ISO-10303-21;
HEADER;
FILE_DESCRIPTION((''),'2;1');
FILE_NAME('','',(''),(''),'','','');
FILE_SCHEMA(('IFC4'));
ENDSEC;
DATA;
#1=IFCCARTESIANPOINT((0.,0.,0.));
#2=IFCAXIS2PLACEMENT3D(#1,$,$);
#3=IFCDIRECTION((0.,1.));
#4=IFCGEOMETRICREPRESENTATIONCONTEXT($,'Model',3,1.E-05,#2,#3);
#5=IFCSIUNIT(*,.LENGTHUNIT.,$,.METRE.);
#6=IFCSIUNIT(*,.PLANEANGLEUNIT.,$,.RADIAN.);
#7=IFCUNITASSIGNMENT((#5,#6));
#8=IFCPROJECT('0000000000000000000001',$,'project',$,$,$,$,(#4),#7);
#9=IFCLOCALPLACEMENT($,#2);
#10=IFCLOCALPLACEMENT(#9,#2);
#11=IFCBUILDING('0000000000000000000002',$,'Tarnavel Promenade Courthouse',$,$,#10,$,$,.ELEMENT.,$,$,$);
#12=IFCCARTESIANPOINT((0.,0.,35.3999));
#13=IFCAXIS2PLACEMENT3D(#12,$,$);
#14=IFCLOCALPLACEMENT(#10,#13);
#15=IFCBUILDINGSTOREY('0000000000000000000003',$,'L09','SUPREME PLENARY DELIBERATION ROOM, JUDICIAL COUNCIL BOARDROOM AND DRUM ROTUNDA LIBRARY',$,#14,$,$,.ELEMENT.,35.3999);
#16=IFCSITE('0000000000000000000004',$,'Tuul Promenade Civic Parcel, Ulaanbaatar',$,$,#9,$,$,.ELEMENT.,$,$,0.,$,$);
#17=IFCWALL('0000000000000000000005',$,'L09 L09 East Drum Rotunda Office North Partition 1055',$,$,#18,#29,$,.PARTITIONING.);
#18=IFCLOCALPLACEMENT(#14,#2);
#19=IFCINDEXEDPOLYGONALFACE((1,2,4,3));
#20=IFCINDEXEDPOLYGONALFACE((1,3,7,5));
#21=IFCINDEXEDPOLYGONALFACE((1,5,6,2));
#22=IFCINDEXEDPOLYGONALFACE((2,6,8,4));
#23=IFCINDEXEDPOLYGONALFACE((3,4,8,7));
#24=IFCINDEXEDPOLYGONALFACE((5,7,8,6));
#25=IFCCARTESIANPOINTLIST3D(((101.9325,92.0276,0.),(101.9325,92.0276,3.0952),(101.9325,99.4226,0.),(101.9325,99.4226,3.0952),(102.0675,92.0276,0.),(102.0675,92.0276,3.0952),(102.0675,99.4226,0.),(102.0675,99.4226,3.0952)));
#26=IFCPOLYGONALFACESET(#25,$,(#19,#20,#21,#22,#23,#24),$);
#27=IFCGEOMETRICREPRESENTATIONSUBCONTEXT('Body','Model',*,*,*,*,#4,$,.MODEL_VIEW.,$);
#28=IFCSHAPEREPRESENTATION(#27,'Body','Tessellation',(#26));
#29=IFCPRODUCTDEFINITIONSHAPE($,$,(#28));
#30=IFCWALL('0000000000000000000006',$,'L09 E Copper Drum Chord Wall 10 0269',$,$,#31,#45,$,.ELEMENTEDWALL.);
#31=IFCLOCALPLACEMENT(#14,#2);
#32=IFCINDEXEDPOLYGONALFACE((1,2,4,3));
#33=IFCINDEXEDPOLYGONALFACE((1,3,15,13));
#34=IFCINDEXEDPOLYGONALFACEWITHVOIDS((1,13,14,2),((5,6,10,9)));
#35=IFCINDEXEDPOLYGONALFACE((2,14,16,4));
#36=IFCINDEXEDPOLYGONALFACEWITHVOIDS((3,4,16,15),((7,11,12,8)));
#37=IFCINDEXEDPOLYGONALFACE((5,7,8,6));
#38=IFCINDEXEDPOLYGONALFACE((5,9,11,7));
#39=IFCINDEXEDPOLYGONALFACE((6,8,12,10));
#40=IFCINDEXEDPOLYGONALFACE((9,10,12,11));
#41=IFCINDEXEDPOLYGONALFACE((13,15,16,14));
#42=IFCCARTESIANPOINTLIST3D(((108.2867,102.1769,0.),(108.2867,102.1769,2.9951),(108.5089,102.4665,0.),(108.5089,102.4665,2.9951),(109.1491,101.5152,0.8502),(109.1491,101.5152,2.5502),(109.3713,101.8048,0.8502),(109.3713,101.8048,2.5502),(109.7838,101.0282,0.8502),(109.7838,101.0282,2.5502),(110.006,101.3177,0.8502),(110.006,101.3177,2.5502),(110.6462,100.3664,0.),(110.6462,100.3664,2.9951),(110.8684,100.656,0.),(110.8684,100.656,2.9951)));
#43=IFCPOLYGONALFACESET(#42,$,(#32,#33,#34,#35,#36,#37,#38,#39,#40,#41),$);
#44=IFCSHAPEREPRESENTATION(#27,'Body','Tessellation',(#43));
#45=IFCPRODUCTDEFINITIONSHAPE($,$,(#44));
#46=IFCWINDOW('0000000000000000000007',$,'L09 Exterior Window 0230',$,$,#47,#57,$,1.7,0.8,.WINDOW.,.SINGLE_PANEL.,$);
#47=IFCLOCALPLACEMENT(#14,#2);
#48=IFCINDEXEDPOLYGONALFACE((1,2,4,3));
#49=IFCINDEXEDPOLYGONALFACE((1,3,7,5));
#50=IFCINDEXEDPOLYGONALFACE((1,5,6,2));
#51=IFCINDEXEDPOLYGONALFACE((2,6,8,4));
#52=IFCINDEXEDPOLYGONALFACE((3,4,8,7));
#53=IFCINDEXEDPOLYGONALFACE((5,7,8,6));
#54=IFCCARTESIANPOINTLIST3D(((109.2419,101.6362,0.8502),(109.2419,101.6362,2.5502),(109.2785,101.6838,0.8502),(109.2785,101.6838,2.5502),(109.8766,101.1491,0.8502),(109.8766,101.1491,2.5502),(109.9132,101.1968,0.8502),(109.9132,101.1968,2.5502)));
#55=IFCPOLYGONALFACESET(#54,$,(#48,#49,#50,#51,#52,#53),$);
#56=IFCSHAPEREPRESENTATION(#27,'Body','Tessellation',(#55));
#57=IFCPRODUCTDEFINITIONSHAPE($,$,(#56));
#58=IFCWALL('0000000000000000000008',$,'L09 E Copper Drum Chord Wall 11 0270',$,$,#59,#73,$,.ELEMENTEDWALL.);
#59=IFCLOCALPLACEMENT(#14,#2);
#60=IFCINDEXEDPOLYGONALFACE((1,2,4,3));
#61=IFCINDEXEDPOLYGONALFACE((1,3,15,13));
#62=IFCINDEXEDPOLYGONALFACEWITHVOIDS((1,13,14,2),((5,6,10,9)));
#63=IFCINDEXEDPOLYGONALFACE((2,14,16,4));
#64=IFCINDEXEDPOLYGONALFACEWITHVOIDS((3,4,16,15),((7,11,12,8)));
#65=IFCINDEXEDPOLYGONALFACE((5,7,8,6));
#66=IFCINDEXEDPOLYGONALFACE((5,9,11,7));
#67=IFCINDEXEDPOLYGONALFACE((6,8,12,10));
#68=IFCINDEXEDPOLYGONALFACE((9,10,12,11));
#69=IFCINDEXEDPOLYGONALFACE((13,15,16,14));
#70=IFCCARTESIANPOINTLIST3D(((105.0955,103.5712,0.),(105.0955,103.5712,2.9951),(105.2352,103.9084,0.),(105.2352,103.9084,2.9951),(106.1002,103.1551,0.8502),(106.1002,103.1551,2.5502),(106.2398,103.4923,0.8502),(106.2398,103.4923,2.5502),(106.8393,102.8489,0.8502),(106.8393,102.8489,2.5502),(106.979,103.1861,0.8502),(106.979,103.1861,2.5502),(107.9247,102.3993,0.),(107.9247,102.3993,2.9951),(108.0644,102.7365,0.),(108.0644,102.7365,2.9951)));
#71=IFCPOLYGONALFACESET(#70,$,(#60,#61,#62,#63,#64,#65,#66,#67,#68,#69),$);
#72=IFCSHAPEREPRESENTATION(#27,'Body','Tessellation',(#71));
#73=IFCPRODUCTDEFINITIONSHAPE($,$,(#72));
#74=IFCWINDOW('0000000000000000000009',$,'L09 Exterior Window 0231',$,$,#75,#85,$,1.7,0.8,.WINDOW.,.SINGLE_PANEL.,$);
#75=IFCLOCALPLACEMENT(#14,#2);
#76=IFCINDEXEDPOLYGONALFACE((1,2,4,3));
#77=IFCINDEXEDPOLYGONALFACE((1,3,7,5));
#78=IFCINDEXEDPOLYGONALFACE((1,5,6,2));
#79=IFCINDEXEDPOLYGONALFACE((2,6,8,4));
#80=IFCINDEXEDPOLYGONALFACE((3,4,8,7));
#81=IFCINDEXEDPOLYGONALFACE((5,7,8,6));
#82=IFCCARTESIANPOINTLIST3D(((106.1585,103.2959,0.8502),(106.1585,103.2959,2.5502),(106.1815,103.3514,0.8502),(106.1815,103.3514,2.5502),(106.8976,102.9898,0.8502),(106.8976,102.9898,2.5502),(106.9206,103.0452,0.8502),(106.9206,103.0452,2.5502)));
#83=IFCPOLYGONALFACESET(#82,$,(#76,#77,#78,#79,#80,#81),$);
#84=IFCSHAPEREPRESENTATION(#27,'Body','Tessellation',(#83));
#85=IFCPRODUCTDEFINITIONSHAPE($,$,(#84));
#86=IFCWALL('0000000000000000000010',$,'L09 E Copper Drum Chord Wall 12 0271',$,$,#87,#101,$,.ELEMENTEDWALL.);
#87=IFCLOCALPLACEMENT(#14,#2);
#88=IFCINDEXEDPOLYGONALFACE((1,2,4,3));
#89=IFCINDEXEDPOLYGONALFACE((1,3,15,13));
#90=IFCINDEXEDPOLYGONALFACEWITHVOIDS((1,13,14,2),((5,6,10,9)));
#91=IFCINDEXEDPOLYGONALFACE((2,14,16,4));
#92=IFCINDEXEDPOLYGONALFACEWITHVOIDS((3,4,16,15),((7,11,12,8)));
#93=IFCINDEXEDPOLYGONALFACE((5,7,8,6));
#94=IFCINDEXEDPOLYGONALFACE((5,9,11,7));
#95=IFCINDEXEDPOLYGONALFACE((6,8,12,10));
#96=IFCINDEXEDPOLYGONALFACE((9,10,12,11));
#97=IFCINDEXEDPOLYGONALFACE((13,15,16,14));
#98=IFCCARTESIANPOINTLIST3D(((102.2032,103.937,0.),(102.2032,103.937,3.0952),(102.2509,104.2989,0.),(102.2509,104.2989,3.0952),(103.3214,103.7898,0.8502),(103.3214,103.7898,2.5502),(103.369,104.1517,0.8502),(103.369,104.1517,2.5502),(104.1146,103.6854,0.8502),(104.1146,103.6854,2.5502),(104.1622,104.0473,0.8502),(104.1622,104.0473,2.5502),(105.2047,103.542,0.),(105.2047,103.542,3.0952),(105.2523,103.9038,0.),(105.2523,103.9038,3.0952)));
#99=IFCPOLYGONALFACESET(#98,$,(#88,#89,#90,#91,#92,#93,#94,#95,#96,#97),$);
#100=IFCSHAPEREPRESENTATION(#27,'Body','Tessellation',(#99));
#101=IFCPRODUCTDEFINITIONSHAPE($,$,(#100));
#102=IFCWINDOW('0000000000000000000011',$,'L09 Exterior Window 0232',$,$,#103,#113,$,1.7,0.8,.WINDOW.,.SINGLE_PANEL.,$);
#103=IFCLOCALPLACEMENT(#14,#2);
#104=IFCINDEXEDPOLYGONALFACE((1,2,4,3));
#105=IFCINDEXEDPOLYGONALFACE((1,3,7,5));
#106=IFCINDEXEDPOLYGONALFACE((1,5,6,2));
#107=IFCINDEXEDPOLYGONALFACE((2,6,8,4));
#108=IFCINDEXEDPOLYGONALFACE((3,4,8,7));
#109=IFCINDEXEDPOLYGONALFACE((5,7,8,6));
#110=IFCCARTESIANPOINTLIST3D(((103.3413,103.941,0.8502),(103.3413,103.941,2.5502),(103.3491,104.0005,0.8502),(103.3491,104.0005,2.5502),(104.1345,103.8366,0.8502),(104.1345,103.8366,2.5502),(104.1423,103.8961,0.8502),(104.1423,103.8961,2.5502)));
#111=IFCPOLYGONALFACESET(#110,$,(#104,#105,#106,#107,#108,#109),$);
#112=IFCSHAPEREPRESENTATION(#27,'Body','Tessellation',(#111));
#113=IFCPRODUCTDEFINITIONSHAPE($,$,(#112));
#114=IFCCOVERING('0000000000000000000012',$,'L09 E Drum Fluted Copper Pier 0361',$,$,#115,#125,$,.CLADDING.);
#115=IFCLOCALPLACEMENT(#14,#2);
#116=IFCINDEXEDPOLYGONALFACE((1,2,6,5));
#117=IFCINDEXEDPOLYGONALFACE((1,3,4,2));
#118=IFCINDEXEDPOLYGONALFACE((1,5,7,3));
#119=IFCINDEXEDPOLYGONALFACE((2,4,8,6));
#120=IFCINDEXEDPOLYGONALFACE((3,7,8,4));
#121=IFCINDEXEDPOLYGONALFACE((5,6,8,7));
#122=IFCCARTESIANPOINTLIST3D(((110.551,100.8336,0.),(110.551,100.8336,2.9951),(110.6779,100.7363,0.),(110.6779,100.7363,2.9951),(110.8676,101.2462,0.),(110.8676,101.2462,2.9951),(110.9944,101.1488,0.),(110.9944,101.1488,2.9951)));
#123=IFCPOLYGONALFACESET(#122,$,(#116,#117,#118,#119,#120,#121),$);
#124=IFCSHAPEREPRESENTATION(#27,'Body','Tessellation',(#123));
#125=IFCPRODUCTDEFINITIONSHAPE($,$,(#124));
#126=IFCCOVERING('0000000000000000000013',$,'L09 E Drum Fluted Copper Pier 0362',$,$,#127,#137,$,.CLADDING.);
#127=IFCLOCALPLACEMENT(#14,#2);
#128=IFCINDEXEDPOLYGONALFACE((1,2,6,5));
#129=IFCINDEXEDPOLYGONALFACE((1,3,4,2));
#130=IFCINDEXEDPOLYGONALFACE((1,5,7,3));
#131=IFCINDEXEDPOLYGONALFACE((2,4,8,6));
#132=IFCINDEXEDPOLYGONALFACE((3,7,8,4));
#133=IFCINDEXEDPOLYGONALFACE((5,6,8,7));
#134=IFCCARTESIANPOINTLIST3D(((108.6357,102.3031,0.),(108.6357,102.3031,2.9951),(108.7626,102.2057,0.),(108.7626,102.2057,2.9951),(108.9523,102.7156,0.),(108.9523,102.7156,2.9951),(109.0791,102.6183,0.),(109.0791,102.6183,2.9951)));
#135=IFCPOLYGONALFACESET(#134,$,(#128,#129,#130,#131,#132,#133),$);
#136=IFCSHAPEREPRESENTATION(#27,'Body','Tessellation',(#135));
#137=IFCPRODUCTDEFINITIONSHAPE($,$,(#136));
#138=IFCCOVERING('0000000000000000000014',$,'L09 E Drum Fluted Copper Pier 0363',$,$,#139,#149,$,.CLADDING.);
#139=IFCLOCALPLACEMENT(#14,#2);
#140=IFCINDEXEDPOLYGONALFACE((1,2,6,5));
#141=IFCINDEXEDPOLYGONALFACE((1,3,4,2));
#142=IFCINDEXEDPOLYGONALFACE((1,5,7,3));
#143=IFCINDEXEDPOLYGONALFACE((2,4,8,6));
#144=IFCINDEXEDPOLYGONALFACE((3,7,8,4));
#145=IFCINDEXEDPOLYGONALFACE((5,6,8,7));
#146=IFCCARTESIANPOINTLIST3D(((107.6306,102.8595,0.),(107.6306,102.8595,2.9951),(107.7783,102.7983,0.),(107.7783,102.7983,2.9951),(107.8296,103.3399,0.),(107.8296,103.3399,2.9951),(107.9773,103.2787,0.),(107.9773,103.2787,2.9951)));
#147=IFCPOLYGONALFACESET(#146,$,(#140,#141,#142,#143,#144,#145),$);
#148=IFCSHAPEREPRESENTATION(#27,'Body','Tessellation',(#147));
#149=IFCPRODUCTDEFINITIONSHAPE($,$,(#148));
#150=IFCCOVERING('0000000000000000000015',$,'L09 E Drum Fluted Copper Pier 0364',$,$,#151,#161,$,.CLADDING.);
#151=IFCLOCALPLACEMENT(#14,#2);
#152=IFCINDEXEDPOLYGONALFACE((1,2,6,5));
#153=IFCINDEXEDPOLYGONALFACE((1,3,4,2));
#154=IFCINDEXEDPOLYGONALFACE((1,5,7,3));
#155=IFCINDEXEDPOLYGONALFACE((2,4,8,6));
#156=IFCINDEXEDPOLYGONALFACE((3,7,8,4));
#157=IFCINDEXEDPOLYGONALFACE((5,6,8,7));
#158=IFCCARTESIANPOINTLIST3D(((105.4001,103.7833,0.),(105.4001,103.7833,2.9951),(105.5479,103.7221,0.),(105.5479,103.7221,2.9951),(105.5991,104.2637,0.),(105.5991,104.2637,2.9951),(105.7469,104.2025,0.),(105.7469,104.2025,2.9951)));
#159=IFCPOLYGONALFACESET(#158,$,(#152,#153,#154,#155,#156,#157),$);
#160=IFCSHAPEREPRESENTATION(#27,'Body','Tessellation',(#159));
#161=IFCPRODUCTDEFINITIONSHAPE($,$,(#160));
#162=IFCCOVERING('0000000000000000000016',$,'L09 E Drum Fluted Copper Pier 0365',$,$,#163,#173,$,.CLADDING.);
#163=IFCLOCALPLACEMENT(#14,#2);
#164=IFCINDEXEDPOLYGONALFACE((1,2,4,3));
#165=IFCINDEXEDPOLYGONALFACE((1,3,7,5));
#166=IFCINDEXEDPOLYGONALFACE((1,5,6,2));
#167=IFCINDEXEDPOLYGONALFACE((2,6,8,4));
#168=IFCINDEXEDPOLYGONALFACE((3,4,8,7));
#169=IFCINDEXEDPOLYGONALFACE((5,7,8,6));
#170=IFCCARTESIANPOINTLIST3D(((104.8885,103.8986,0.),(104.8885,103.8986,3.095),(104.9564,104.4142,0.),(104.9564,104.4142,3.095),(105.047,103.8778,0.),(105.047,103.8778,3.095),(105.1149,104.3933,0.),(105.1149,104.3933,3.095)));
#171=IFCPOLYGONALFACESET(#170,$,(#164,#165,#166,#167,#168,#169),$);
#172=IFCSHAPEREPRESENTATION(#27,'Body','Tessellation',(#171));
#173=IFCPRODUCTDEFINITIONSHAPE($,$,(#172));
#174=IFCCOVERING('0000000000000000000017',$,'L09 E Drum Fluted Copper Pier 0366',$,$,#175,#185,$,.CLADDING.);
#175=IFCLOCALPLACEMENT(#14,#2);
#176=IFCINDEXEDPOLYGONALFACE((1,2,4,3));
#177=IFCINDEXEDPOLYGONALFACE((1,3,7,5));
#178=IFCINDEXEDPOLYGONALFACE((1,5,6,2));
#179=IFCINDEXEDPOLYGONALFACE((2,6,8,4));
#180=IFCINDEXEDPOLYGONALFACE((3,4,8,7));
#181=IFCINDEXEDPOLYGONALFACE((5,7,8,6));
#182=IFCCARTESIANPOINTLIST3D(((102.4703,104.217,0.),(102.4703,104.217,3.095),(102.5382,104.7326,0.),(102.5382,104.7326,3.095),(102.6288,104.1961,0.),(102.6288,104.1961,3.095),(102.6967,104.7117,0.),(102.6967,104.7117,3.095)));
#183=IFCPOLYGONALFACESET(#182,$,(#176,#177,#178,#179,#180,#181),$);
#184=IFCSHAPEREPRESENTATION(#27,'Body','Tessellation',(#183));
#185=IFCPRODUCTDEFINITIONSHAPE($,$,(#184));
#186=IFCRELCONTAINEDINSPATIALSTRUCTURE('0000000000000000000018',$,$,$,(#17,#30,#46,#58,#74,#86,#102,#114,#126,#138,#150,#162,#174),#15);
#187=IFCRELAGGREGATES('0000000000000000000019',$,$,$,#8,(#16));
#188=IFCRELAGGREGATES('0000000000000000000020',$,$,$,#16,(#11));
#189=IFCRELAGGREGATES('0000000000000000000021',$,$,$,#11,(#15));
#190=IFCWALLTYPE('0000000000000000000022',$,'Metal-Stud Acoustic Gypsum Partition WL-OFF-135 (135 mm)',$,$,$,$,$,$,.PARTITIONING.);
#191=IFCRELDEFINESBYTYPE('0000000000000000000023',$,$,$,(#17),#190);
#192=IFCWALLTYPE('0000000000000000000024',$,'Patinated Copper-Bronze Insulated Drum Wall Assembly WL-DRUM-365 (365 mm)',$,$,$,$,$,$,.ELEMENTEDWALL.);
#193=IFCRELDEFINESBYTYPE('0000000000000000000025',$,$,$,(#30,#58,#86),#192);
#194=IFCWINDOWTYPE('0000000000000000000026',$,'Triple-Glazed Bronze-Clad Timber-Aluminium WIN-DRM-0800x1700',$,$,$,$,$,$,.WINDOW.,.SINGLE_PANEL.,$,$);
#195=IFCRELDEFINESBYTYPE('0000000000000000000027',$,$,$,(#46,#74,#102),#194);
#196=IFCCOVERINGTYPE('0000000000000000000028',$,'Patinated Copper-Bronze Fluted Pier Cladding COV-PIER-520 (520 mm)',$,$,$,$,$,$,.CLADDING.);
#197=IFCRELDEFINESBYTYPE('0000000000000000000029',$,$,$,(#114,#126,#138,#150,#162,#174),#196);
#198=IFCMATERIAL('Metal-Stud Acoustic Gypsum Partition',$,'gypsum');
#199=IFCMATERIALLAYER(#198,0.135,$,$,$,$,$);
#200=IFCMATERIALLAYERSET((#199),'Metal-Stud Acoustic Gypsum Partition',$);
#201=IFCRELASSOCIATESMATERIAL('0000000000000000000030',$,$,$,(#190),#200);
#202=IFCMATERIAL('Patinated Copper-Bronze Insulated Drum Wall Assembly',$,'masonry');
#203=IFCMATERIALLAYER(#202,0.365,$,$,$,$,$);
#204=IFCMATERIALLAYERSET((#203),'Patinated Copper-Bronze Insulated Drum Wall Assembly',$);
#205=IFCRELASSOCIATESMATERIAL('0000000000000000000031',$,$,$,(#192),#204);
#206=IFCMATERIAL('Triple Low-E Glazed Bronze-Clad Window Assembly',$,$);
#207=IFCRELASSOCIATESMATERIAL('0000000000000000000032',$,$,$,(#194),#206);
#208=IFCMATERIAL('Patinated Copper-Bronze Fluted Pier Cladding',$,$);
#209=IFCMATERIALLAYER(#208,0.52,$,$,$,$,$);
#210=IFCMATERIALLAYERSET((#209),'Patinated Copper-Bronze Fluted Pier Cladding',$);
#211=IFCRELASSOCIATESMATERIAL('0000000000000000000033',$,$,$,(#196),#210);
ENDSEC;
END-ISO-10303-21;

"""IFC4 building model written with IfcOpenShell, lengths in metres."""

from ifc_helpers import new_model, si_unit, direction, frame, frame_2d, origin, origin_2d, place, context, subcontext, project, spatial, rectangle, extrude, material, layer, layer_set, type_object, element, fill, save


model = new_model("IFC4")

# Units and contexts
model_context = context("Model", 3, precision=1e-05, world=origin(), true_north=direction((0.0, 1.0)))
body_context = subcontext(model_context, "Body", "Model", "MODEL_VIEW")
ifc_project = project(units=[si_unit("LENGTHUNIT", "METRE"), si_unit("PLANEANGLEUNIT", "RADIAN")], contexts=[model_context])

# Site, building, storey
site_placement = place(None, origin())
site = spatial("IfcSite", under=ifc_project, at=site_placement, Name="Tuul Promenade Civic Parcel, Ulaanbaatar", CompositionType="ELEMENT", RefElevation=0.0)
building_placement = place(site_placement, origin())
building = spatial("IfcBuilding", under=site, at=building_placement, Name="Tarnavel Promenade Courthouse", CompositionType="ELEMENT")
storey_placement = place(building_placement, frame((0.0, 0.0, 35.3999)))
storey = spatial("IfcBuildingStorey", under=building, at=storey_placement, Name="L09", Description="SUPREME PLENARY DELIBERATION ROOM, JUDICIAL COUNCIL BOARDROOM AND DRUM ROTUNDA LIBRARY", CompositionType="ELEMENT", Elevation=35.3999)

# Wall
ifc_material_1 = material(Name="Metal-Stud Acoustic Gypsum Partition", Category="gypsum")
ifc_layer_1 = layer(ifc_material_1, 0.135)
ifc_layer_set_1 = layer_set([ifc_layer_1], Name="Metal-Stud Acoustic Gypsum Partition")
wall_type_1 = type_object("IfcWallType", Name="Metal-Stud Acoustic Gypsum Partition WL-OFF-135 (135 mm)", PredefinedType="PARTITIONING", material=ifc_layer_set_1)
wall_1_placement = place(storey_placement, frame((102.0, 92.0276, 0.0), z_axis=(0.0, 0.0, 1.0), x_axis=(0.0, 1.0, 0.0)))
element("IfcWall", 1, at=wall_1_placement, inside=storey, type_object=wall_type_1, Name="L09 L09 East Drum Rotunda Office North Partition 1055", PredefinedType="PARTITIONING", context=body_context, shape_type="SweptSolid", body=[
    extrude(rectangle(XDim=7.395, YDim=0.135, at=frame_2d((3.6975, 0.0))), origin(), (0.0, 0.0, 1.0), 3.0952),
])

# Walls, openings, windows
ifc_material_2 = material(Name="Patinated Copper-Bronze Insulated Drum Wall Assembly", Category="masonry")
ifc_layer_2 = layer(ifc_material_2, 0.365)
ifc_layer_set_2 = layer_set([ifc_layer_2], Name="Patinated Copper-Bronze Insulated Drum Wall Assembly")
wall_type_2 = type_object("IfcWallType", Name="Patinated Copper-Bronze Insulated Drum Wall Assembly WL-DRUM-365 (365 mm)", PredefinedType="ELEMENTEDWALL", material=ifc_layer_set_2)
wall_2_placement = place(storey_placement, frame((110.7573, 100.5112, 0.0), z_axis=(0.0, 0.0, 1.0), x_axis=(-0.793362, 0.60875, 0.0)))
wall_2 = element("IfcWall", 2, at=wall_2_placement, inside=storey, type_object=wall_type_2, Name="L09 E Copper Drum Chord Wall 10 0269", PredefinedType="ELEMENTEDWALL", context=body_context, shape_type="SweptSolid", body=[
    extrude(rectangle(XDim=2.9741, YDim=0.365, at=frame_2d((1.4871, 0.0))), origin(), (0.0, 0.0, 1.0), 2.9951),
])
opening_1_placement = place(wall_2_placement, frame((1.0872, 0.0, 0.8501)))
opening_1 = element("IfcOpeningElement", 3, at=opening_1_placement, cuts=wall_2, PredefinedType="OPENING", context=body_context, shape_type="SweptSolid", body=[
    extrude(rectangle(XDim=0.8, YDim=1.7, at=frame_2d((0.3999, 0.8501))), frame((0.0, 0.1924, 0.0), z_axis=(0.0, -1.0, 0.0), x_axis=(1.0, 0.0, 0.0)), (0.0, 0.0, 1.0), 0.385),
])
ifc_material_3 = material(Name="Triple Low-E Glazed Bronze-Clad Window Assembly")
window_type = type_object("IfcWindowType", Name="Triple-Glazed Bronze-Clad Timber-Aluminium WIN-DRM-0800x1700", PartitioningType="SINGLE_PANEL", PredefinedType="WINDOW", material=ifc_material_3)
window_1_placement = place(opening_1_placement, origin())
window_1 = element("IfcWindow", 4, at=window_1_placement, inside=storey, type_object=window_type, Name="L09 Exterior Window 0230", OverallHeight=1.7, OverallWidth=0.8, PartitioningType="SINGLE_PANEL", PredefinedType="WINDOW", context=body_context, shape_type="SweptSolid", body=[
    extrude(rectangle(XDim=0.8, YDim=1.7, at=frame_2d((0.3999, 0.8501))), frame((0.0, 0.03, 0.0), z_axis=(0.0, -1.0, 0.0), x_axis=(1.0, 0.0, 0.0)), (0.0, 0.0, 1.0), 0.0601),
])
fill(opening_1, window_1)
wall_3_placement = place(storey_placement, frame((107.9946, 102.5679, 0.0), z_axis=(0.0, 0.0, 1.0), x_axis=(-0.923877, 0.38269, 0.0)))
wall_3 = element("IfcWall", 5, at=wall_3_placement, inside=storey, type_object=wall_type_2, Name="L09 E Copper Drum Chord Wall 11 0270", PredefinedType="ELEMENTEDWALL", context=body_context, shape_type="SweptSolid", body=[
    extrude(rectangle(XDim=3.0623, YDim=0.365, at=frame_2d((1.5312, 0.0))), origin(), (0.0, 0.0, 1.0), 2.9951),
])
opening_2_placement = place(wall_3_placement, frame((1.175, 0.0, 0.8501)))
opening_2 = element("IfcOpeningElement", 6, at=opening_2_placement, cuts=wall_3, PredefinedType="OPENING", context=body_context, shape_type="SweptSolid", body=[
    extrude(rectangle(XDim=0.8, YDim=1.7, at=frame_2d((0.3999, 0.8501))), frame((0.0, 0.1924, 0.0), z_axis=(0.0, -1.0, 0.0), x_axis=(1.0, 0.0, 0.0)), (0.0, 0.0, 1.0), 0.385),
])
window_2_placement = place(opening_2_placement, origin())
window_2 = element("IfcWindow", 7, at=window_2_placement, inside=storey, type_object=window_type, Name="L09 Exterior Window 0231", OverallHeight=1.7, OverallWidth=0.8, PartitioningType="SINGLE_PANEL", PredefinedType="WINDOW", context=body_context, shape_type="SweptSolid", body=[
    extrude(rectangle(XDim=0.8, YDim=1.7, at=frame_2d((0.3999, 0.8501))), frame((0.0, 0.03, 0.0), z_axis=(0.0, -1.0, 0.0), x_axis=(1.0, 0.0, 0.0)), (0.0, 0.0, 1.0), 0.0601),
])
fill(opening_2, window_2)
wall_4_placement = place(storey_placement, frame((105.2285, 103.7229, 0.0), z_axis=(0.0, 0.0, 1.0), x_axis=(-0.99145, 0.130484, 0.0)))
wall_4 = element("IfcWall", 8, at=wall_4_placement, inside=storey, type_object=wall_type_2, Name="L09 E Copper Drum Chord Wall 12 0271", PredefinedType="ELEMENTEDWALL", context=body_context, shape_type="SweptSolid", body=[
    extrude(rectangle(XDim=3.0273, YDim=0.365, at=frame_2d((1.5137, 0.0))), origin(), (0.0, 0.0, 1.0), 3.0952),
])
opening_3_placement = place(wall_4_placement, frame((1.0996, 0.0, 0.8501)))
opening_3 = element("IfcOpeningElement", 9, at=opening_3_placement, cuts=wall_4, PredefinedType="OPENING", context=body_context, shape_type="SweptSolid", body=[
    extrude(rectangle(XDim=0.8, YDim=1.7, at=frame_2d((0.3999, 0.8501))), frame((0.0, 0.1924, 0.0), z_axis=(0.0, -1.0, 0.0), x_axis=(1.0, 0.0, 0.0)), (0.0, 0.0, 1.0), 0.385),
])
window_3_placement = place(opening_3_placement, origin())
window_3 = element("IfcWindow", 10, at=window_3_placement, inside=storey, type_object=window_type, Name="L09 Exterior Window 0232", OverallHeight=1.7, OverallWidth=0.8, PartitioningType="SINGLE_PANEL", PredefinedType="WINDOW", context=body_context, shape_type="SweptSolid", body=[
    extrude(rectangle(XDim=0.8, YDim=1.7, at=frame_2d((0.3999, 0.8501))), frame((0.0, 0.03, 0.0), z_axis=(0.0, -1.0, 0.0), x_axis=(1.0, 0.0, 0.0)), (0.0, 0.0, 1.0), 0.0601),
])
fill(opening_3, window_3)

# Coverings
ifc_material_4 = material(Name="Patinated Copper-Bronze Fluted Pier Cladding")
ifc_layer_3 = layer(ifc_material_4, 0.52)
ifc_layer_set_3 = layer_set([ifc_layer_3], Name="Patinated Copper-Bronze Fluted Pier Cladding")
covering_type = type_object("IfcCoveringType", Name="Patinated Copper-Bronze Fluted Pier Cladding COV-PIER-520 (520 mm)", PredefinedType="CLADDING", material=ifc_layer_set_3)
for number, where, z_axis, x_axis, name in (
    (11, (110.7727, 100.9912, 0.0), (0.0, 0.0, 1.0), (-0.793353, 0.608761, 0.0), "L09 E Drum Fluted Copper Pier 0361"),
    (12, (108.8574, 102.4607, 0.0), (0.0, 0.0, 1.0), (-0.793353, 0.608761, 0.0), "L09 E Drum Fluted Copper Pier 0362"),
    (13, (107.804, 103.0691, 0.0), (0.0, 0.0, 1.0), (-0.92388, 0.382683, 0.0), "L09 E Drum Fluted Copper Pier 0363"),
    (14, (105.5735, 103.9929, 0.0), (0.0, 0.0, 1.0), (-0.92388, 0.382683, 0.0), "L09 E Drum Fluted Copper Pier 0364"),
):
    element("IfcCovering", number, at=place(storey_placement, frame(where, z_axis=z_axis, x_axis=x_axis)), inside=storey, type_object=covering_type, Name=name, PredefinedType="CLADDING", context=body_context, shape_type="SweptSolid", body=[
        extrude(rectangle(XDim=0.1599, YDim=0.52, at=origin_2d()), origin(), (0.0, 0.0, 1.0), 2.9951),
    ])
for number, where, z_axis, x_axis, name in (
    (15, (105.0017, 104.146, 0.0), (0.0, 0.0, 1.0), (-0.991445, 0.130526, 0.0), "L09 E Drum Fluted Copper Pier 0365"),
    (16, (102.5835, 104.4644, 0.0), (0.0, 0.0, 1.0), (-0.991445, 0.130526, 0.0), "L09 E Drum Fluted Copper Pier 0366"),
):
    element("IfcCovering", number, at=place(storey_placement, frame(where, z_axis=z_axis, x_axis=x_axis)), inside=storey, type_object=covering_type, Name=name, PredefinedType="CLADDING", context=body_context, shape_type="SweptSolid", body=[
        extrude(rectangle(XDim=0.1599, YDim=0.52, at=origin_2d()), origin(), (0.0, 0.0, 1.0), 3.095),
    ])

save(model, "model.ifc")
